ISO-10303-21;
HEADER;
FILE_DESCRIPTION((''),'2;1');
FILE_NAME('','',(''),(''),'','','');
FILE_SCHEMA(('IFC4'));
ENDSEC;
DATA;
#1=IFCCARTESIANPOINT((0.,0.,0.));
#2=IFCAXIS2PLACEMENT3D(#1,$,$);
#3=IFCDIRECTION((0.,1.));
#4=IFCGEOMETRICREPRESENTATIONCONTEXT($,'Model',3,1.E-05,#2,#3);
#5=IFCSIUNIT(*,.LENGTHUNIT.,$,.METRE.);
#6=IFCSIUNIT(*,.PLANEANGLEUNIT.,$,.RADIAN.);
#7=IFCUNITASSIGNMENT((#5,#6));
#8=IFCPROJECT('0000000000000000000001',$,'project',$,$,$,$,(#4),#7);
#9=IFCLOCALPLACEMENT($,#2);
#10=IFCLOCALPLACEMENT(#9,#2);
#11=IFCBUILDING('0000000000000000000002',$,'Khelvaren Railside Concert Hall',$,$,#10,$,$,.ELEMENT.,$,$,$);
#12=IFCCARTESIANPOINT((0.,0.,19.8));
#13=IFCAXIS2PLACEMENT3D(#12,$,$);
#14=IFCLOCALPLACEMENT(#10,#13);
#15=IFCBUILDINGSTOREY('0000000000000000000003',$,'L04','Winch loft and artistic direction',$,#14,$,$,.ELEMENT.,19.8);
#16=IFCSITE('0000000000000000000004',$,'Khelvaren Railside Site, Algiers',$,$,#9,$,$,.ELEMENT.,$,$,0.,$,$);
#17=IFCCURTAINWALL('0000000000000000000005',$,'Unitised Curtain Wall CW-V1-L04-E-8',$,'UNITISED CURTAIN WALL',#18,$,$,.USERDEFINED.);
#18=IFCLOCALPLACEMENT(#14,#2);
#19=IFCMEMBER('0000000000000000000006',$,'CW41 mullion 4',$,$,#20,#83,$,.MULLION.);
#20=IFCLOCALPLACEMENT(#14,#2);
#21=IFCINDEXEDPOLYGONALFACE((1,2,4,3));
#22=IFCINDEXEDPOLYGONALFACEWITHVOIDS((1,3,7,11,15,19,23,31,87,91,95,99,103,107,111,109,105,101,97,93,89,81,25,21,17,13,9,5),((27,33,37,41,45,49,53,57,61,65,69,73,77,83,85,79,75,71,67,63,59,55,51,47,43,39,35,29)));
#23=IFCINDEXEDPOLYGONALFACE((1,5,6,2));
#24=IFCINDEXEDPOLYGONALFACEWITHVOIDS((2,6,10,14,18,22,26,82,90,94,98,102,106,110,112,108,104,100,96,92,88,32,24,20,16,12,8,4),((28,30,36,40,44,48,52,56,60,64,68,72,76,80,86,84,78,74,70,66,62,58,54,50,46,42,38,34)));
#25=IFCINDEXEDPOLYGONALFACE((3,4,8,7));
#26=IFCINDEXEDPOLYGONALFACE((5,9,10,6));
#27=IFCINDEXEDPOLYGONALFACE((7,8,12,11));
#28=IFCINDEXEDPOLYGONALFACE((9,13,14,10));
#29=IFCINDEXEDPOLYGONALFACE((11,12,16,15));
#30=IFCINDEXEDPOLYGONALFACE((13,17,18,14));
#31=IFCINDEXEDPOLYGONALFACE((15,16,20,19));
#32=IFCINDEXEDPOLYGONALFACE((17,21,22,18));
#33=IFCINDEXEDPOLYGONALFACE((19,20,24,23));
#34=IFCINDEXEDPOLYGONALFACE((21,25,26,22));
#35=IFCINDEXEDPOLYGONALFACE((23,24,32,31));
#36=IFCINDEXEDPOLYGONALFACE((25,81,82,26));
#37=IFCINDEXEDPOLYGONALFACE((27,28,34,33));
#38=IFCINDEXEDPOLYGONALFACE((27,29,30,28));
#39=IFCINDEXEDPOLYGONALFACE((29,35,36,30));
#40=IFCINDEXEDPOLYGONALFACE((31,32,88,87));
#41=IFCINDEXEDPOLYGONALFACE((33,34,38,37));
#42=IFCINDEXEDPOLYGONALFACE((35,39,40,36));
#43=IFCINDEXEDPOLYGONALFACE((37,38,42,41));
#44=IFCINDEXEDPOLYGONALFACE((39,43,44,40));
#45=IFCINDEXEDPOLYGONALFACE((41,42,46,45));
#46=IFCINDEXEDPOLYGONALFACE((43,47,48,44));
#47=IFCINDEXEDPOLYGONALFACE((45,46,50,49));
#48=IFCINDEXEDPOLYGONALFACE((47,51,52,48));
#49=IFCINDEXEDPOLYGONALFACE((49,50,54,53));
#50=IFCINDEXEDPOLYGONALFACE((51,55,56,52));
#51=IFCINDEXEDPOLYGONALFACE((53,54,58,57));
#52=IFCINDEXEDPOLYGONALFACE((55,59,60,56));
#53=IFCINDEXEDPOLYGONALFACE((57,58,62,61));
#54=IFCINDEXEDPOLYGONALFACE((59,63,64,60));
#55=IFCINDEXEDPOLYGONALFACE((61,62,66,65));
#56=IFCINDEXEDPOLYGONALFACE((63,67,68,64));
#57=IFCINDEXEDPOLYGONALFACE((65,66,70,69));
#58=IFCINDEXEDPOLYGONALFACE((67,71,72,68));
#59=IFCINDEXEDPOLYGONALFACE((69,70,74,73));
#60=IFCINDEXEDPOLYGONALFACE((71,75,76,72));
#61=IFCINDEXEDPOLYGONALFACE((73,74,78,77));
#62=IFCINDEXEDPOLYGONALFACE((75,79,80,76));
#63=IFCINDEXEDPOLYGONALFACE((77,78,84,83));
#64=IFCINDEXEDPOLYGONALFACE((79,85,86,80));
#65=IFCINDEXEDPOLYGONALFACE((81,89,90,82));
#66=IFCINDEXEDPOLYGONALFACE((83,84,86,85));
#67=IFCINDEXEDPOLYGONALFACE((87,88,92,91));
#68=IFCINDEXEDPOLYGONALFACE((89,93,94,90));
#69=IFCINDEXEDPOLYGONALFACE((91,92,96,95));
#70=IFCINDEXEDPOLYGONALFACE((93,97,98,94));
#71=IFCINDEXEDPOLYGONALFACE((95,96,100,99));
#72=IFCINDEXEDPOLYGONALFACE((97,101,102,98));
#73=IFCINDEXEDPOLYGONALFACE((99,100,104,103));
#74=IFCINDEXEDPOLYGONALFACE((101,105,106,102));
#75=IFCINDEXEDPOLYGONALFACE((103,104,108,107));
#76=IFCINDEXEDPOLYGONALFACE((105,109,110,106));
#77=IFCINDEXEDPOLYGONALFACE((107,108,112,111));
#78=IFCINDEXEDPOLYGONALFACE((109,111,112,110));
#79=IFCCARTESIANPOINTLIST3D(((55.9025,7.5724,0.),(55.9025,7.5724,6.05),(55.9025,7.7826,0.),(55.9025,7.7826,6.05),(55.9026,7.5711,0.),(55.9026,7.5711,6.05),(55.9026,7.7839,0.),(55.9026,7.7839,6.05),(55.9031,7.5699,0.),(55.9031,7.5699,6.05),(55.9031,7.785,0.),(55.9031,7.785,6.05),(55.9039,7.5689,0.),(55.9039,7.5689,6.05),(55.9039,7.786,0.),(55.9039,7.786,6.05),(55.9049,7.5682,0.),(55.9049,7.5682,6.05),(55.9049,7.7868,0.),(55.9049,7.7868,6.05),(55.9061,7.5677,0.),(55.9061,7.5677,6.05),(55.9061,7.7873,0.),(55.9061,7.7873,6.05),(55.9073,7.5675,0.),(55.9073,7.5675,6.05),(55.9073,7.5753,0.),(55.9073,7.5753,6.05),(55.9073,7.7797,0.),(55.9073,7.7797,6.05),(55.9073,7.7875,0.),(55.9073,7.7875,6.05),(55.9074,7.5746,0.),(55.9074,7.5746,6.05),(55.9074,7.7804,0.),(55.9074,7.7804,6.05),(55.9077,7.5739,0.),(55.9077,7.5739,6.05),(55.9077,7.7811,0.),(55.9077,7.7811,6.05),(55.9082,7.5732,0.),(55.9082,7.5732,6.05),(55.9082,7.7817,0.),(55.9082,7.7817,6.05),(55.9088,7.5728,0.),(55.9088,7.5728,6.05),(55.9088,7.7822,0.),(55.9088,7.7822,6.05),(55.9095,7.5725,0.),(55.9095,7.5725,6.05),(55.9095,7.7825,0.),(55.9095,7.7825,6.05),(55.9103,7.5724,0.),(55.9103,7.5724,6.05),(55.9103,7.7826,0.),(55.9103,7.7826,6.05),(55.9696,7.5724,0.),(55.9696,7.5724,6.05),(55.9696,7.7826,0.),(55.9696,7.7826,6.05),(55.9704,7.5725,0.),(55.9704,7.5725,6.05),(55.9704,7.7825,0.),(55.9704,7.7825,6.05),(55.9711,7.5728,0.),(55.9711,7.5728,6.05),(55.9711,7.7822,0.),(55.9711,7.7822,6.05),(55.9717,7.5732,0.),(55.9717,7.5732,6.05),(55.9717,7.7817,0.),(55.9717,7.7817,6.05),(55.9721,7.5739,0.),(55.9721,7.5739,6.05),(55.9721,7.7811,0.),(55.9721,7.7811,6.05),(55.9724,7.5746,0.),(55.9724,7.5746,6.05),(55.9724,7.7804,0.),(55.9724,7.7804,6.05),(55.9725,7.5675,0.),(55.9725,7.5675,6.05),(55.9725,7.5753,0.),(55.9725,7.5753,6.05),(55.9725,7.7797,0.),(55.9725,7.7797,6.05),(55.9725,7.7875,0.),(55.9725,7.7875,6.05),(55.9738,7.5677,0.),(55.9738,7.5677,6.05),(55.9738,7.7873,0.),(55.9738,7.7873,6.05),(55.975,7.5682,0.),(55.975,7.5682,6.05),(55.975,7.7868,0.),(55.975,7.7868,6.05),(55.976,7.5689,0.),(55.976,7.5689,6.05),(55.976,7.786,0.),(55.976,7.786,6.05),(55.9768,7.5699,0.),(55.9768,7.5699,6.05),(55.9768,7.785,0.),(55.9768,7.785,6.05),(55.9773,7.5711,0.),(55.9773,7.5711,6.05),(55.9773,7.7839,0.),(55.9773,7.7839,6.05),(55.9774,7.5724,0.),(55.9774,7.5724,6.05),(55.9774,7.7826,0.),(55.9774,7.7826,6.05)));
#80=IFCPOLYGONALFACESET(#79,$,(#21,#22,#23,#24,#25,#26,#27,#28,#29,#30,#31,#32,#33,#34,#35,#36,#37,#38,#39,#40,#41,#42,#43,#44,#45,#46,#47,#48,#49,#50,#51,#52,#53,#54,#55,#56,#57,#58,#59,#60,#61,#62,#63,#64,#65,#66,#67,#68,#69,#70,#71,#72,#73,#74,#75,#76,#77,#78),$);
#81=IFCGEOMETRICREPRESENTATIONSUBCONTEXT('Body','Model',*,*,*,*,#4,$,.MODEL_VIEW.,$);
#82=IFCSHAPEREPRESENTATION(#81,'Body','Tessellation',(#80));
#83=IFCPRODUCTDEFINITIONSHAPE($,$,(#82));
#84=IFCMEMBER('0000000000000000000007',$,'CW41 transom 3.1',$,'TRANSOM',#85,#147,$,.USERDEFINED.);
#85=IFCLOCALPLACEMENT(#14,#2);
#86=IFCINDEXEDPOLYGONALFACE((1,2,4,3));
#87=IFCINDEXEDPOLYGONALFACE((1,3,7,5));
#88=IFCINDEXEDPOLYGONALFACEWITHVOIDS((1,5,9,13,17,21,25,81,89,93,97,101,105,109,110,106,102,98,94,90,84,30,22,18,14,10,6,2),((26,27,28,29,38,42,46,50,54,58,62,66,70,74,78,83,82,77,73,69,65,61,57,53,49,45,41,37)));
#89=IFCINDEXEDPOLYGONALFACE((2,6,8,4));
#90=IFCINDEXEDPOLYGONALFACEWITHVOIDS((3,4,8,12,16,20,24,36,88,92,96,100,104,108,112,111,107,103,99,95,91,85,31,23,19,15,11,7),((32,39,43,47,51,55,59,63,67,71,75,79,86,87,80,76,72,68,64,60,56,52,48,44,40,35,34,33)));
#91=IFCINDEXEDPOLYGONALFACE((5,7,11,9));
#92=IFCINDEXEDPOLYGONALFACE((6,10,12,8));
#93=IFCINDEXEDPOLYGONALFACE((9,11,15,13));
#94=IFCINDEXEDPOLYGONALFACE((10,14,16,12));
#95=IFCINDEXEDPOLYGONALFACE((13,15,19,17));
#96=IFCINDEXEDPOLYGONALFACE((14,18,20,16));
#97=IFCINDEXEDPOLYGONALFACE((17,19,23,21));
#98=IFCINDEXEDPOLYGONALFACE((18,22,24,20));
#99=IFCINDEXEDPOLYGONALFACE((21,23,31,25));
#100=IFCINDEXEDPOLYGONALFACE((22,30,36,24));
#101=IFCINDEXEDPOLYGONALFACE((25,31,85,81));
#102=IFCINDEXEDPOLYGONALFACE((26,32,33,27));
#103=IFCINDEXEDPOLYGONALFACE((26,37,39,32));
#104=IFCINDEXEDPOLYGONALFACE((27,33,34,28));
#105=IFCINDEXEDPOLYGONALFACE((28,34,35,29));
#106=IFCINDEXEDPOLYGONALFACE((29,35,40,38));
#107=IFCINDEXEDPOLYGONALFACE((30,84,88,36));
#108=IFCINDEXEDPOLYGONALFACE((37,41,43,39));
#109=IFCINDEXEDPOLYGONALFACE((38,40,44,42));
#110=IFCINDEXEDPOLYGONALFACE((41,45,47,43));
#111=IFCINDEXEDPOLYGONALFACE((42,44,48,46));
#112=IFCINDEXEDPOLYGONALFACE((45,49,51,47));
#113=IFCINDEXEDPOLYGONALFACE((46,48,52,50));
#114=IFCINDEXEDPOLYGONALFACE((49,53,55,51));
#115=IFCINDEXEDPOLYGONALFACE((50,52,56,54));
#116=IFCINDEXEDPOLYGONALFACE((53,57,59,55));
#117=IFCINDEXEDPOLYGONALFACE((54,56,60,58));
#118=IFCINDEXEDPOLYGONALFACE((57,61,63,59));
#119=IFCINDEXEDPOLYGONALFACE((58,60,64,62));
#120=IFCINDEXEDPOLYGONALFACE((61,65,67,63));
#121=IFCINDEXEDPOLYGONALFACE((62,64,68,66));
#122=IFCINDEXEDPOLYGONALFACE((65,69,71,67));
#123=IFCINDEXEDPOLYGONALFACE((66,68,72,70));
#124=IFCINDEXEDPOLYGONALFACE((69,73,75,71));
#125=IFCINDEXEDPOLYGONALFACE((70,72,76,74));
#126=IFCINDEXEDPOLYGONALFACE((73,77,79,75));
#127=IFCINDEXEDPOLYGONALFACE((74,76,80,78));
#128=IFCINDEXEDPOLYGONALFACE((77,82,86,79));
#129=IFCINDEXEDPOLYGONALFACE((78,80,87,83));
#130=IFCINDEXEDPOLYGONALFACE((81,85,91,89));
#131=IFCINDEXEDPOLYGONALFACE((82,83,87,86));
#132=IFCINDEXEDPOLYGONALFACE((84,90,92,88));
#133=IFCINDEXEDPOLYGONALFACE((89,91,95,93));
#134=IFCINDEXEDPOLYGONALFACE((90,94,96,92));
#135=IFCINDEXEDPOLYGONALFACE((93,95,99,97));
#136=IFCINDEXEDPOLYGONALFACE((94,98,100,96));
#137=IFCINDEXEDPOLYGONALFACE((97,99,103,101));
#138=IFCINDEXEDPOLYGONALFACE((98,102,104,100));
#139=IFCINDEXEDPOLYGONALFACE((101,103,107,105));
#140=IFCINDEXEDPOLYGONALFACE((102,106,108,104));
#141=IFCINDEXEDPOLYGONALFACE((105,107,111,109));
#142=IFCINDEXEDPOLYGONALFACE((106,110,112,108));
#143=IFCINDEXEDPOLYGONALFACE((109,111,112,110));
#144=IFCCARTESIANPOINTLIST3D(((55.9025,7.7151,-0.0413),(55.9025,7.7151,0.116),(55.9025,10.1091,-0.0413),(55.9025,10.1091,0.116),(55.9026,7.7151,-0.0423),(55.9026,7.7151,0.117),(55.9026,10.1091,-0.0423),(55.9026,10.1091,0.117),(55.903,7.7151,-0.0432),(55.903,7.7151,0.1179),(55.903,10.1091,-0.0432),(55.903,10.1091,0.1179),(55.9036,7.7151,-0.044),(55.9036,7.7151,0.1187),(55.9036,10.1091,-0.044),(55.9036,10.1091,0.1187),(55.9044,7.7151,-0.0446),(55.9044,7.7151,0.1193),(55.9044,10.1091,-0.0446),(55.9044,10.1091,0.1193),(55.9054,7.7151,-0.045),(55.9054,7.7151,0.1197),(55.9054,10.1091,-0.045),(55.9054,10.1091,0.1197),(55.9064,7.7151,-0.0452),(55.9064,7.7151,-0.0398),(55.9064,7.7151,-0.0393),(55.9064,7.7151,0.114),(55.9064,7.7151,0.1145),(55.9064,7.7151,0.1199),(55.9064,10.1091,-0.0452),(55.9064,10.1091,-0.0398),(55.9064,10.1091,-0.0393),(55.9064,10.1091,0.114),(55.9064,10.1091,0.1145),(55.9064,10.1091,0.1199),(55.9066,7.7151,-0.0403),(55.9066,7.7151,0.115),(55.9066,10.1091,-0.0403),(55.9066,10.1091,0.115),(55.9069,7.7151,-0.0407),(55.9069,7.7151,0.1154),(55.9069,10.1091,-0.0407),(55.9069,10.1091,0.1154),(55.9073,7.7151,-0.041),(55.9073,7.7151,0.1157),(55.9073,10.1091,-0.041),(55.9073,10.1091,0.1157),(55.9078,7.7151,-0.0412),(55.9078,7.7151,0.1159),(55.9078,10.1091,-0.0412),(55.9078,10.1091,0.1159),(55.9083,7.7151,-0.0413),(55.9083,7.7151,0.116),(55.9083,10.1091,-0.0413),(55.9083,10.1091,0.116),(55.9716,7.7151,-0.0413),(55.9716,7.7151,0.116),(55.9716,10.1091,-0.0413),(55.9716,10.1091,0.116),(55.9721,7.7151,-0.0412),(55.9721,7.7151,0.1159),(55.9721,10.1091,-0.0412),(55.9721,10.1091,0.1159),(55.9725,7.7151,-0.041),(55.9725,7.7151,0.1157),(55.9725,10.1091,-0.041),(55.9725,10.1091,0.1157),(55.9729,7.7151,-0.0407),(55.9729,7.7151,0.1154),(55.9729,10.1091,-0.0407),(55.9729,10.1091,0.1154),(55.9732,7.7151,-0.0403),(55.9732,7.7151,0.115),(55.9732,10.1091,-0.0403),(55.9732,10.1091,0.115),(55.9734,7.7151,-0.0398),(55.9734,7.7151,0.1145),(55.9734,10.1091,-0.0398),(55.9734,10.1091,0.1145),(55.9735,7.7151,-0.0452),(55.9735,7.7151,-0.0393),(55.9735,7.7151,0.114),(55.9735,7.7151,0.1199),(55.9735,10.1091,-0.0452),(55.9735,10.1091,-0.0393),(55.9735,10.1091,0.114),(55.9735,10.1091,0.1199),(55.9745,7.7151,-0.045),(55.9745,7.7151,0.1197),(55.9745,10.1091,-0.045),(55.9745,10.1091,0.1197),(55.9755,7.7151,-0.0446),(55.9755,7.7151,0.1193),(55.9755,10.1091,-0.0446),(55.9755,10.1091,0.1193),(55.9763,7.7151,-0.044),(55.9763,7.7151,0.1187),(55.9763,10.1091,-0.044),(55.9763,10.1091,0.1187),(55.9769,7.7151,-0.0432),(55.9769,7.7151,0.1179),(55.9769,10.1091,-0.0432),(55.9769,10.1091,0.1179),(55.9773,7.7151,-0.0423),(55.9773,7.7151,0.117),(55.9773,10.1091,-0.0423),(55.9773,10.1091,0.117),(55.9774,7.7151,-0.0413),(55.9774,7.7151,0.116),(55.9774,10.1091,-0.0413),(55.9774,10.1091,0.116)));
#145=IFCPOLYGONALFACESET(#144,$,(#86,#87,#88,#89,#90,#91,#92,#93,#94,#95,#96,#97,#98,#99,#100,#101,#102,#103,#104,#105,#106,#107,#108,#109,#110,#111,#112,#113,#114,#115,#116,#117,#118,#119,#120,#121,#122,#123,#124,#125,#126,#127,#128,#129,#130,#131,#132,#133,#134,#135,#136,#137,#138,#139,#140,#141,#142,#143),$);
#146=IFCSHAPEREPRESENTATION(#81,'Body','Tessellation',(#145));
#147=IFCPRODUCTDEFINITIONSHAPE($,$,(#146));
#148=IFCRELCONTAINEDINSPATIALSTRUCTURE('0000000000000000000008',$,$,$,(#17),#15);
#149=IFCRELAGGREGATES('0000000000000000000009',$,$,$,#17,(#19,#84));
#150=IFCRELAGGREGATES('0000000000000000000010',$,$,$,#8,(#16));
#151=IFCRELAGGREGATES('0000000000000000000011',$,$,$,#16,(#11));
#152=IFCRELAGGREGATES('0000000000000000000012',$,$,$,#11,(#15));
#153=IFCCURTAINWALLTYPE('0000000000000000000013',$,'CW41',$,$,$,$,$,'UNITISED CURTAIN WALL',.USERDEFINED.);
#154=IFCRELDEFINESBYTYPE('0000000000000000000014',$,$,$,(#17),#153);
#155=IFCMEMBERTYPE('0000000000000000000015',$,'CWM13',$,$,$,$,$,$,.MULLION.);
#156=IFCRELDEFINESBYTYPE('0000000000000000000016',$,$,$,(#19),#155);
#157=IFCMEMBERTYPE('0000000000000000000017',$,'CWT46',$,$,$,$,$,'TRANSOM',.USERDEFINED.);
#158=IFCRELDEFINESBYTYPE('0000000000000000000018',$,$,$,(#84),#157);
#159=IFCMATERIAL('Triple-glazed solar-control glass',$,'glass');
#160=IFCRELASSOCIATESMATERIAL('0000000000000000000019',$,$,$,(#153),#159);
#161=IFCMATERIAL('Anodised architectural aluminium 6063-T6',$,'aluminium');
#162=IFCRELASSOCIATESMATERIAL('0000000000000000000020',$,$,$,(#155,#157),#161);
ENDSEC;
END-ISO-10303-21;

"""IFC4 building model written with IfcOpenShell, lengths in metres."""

from ifc_helpers import new_model, si_unit, direction, frame, origin, origin_2d, place, context, subcontext, project, spatial, hollow_rectangle, extrude, material, material_profile, profile_set, type_object, element, aggregate, save


model = new_model("IFC4")

# Units and contexts
model_context = context("Model", 3, precision=1e-05, world=origin(), true_north=direction((0.0, 1.0)))
body_context = subcontext(model_context, "Body", "Model", "MODEL_VIEW")
ifc_project = project(units=[si_unit("LENGTHUNIT", "METRE"), si_unit("PLANEANGLEUNIT", "RADIAN")], contexts=[model_context])

# Site, building, storey
site_placement = place(None, origin())
site = spatial("IfcSite", under=ifc_project, at=site_placement, Name="Khelvaren Railside Site, Algiers", CompositionType="ELEMENT", RefElevation=0.0)
building_placement = place(site_placement, origin())
building = spatial("IfcBuilding", under=site, at=building_placement, Name="Khelvaren Railside Concert Hall", CompositionType="ELEMENT")
storey_placement = place(building_placement, frame((0.0, 0.0, 19.8)))
storey = spatial("IfcBuildingStorey", under=building, at=storey_placement, Name="L04", Description="Winch loft and artistic direction", CompositionType="ELEMENT", Elevation=19.8)

# Curtain wall, members
ifc_material_1 = material(Name="Triple-glazed solar-control glass", Category="glass")
curtain_wall_type = type_object("IfcCurtainWallType", Name="CW41", ElementType="UNITISED CURTAIN WALL", PredefinedType="USERDEFINED", material=ifc_material_1)
curtain_wall_placement = place(storey_placement, origin())
curtain_wall = element("IfcCurtainWall", 1, at=curtain_wall_placement, inside=storey, type_object=curtain_wall_type, Name="Unitised Curtain Wall CW-V1-L04-E-8", ObjectType="UNITISED CURTAIN WALL", PredefinedType="USERDEFINED")
ifc_material_2 = material(Name="Anodised architectural aluminium 6063-T6", Category="aluminium")
ifc_material_profile_1 = material_profile(ifc_material_2, hollow_rectangle(XDim=0.075, YDim=0.22, WallThickness=0.0049, InnerFilletRadius=0.0029, OuterFilletRadius=0.0049, at=origin_2d()), Name="CWM 75x220x5")
ifc_profile_set_1 = profile_set([ifc_material_profile_1], Name="Anodised architectural aluminium 6063-T6")
member_type_1 = type_object("IfcMemberType", Name="CWM13", PredefinedType="MULLION", material=ifc_profile_set_1)
member_1_placement = place(storey_placement, frame((55.9399, 7.6775, 0.0), z_axis=(0.0, 0.0, 1.0), x_axis=(1.0, 0.0, 0.0)))
member_1 = element("IfcMember", 2, at=member_1_placement, type_object=member_type_1, Name="CW41 mullion 4", PredefinedType="MULLION", context=body_context, shape_type="SweptSolid", body=[
    extrude(hollow_rectangle(XDim=0.075, YDim=0.22, WallThickness=0.0049, InnerFilletRadius=0.0029, OuterFilletRadius=0.0049, at=origin_2d()), origin(), (0.0, 0.0, 1.0), 6.05),
])
ifc_material_profile_2 = material_profile(ifc_material_2, hollow_rectangle(XDim=0.075, YDim=0.165, WallThickness=0.0039, InnerFilletRadius=0.002, OuterFilletRadius=0.0039, at=origin_2d()), Name="CWT 75x165x4")
ifc_profile_set_2 = profile_set([ifc_material_profile_2], Name="Anodised architectural aluminium 6063-T6")
member_type_2 = type_object("IfcMemberType", Name="CWT46", ElementType="TRANSOM", PredefinedType="USERDEFINED", material=ifc_profile_set_2)
member_2_placement = place(storey_placement, frame((55.9399, 10.1091, 0.0374), z_axis=(0.0, -1.0, 0.0), x_axis=(1.0, 0.0, 0.0)))
member_2 = element("IfcMember", 3, at=member_2_placement, type_object=member_type_2, Name="CW41 transom 3.1", ObjectType="TRANSOM", PredefinedType="USERDEFINED", context=body_context, shape_type="SweptSolid", body=[
    extrude(hollow_rectangle(XDim=0.075, YDim=0.165, WallThickness=0.0039, InnerFilletRadius=0.002, OuterFilletRadius=0.0039, at=origin_2d()), origin(), (0.0, 0.0, 1.0), 2.394),
])

aggregate(curtain_wall, [member_1, member_2])

save(model, "model.ifc")
